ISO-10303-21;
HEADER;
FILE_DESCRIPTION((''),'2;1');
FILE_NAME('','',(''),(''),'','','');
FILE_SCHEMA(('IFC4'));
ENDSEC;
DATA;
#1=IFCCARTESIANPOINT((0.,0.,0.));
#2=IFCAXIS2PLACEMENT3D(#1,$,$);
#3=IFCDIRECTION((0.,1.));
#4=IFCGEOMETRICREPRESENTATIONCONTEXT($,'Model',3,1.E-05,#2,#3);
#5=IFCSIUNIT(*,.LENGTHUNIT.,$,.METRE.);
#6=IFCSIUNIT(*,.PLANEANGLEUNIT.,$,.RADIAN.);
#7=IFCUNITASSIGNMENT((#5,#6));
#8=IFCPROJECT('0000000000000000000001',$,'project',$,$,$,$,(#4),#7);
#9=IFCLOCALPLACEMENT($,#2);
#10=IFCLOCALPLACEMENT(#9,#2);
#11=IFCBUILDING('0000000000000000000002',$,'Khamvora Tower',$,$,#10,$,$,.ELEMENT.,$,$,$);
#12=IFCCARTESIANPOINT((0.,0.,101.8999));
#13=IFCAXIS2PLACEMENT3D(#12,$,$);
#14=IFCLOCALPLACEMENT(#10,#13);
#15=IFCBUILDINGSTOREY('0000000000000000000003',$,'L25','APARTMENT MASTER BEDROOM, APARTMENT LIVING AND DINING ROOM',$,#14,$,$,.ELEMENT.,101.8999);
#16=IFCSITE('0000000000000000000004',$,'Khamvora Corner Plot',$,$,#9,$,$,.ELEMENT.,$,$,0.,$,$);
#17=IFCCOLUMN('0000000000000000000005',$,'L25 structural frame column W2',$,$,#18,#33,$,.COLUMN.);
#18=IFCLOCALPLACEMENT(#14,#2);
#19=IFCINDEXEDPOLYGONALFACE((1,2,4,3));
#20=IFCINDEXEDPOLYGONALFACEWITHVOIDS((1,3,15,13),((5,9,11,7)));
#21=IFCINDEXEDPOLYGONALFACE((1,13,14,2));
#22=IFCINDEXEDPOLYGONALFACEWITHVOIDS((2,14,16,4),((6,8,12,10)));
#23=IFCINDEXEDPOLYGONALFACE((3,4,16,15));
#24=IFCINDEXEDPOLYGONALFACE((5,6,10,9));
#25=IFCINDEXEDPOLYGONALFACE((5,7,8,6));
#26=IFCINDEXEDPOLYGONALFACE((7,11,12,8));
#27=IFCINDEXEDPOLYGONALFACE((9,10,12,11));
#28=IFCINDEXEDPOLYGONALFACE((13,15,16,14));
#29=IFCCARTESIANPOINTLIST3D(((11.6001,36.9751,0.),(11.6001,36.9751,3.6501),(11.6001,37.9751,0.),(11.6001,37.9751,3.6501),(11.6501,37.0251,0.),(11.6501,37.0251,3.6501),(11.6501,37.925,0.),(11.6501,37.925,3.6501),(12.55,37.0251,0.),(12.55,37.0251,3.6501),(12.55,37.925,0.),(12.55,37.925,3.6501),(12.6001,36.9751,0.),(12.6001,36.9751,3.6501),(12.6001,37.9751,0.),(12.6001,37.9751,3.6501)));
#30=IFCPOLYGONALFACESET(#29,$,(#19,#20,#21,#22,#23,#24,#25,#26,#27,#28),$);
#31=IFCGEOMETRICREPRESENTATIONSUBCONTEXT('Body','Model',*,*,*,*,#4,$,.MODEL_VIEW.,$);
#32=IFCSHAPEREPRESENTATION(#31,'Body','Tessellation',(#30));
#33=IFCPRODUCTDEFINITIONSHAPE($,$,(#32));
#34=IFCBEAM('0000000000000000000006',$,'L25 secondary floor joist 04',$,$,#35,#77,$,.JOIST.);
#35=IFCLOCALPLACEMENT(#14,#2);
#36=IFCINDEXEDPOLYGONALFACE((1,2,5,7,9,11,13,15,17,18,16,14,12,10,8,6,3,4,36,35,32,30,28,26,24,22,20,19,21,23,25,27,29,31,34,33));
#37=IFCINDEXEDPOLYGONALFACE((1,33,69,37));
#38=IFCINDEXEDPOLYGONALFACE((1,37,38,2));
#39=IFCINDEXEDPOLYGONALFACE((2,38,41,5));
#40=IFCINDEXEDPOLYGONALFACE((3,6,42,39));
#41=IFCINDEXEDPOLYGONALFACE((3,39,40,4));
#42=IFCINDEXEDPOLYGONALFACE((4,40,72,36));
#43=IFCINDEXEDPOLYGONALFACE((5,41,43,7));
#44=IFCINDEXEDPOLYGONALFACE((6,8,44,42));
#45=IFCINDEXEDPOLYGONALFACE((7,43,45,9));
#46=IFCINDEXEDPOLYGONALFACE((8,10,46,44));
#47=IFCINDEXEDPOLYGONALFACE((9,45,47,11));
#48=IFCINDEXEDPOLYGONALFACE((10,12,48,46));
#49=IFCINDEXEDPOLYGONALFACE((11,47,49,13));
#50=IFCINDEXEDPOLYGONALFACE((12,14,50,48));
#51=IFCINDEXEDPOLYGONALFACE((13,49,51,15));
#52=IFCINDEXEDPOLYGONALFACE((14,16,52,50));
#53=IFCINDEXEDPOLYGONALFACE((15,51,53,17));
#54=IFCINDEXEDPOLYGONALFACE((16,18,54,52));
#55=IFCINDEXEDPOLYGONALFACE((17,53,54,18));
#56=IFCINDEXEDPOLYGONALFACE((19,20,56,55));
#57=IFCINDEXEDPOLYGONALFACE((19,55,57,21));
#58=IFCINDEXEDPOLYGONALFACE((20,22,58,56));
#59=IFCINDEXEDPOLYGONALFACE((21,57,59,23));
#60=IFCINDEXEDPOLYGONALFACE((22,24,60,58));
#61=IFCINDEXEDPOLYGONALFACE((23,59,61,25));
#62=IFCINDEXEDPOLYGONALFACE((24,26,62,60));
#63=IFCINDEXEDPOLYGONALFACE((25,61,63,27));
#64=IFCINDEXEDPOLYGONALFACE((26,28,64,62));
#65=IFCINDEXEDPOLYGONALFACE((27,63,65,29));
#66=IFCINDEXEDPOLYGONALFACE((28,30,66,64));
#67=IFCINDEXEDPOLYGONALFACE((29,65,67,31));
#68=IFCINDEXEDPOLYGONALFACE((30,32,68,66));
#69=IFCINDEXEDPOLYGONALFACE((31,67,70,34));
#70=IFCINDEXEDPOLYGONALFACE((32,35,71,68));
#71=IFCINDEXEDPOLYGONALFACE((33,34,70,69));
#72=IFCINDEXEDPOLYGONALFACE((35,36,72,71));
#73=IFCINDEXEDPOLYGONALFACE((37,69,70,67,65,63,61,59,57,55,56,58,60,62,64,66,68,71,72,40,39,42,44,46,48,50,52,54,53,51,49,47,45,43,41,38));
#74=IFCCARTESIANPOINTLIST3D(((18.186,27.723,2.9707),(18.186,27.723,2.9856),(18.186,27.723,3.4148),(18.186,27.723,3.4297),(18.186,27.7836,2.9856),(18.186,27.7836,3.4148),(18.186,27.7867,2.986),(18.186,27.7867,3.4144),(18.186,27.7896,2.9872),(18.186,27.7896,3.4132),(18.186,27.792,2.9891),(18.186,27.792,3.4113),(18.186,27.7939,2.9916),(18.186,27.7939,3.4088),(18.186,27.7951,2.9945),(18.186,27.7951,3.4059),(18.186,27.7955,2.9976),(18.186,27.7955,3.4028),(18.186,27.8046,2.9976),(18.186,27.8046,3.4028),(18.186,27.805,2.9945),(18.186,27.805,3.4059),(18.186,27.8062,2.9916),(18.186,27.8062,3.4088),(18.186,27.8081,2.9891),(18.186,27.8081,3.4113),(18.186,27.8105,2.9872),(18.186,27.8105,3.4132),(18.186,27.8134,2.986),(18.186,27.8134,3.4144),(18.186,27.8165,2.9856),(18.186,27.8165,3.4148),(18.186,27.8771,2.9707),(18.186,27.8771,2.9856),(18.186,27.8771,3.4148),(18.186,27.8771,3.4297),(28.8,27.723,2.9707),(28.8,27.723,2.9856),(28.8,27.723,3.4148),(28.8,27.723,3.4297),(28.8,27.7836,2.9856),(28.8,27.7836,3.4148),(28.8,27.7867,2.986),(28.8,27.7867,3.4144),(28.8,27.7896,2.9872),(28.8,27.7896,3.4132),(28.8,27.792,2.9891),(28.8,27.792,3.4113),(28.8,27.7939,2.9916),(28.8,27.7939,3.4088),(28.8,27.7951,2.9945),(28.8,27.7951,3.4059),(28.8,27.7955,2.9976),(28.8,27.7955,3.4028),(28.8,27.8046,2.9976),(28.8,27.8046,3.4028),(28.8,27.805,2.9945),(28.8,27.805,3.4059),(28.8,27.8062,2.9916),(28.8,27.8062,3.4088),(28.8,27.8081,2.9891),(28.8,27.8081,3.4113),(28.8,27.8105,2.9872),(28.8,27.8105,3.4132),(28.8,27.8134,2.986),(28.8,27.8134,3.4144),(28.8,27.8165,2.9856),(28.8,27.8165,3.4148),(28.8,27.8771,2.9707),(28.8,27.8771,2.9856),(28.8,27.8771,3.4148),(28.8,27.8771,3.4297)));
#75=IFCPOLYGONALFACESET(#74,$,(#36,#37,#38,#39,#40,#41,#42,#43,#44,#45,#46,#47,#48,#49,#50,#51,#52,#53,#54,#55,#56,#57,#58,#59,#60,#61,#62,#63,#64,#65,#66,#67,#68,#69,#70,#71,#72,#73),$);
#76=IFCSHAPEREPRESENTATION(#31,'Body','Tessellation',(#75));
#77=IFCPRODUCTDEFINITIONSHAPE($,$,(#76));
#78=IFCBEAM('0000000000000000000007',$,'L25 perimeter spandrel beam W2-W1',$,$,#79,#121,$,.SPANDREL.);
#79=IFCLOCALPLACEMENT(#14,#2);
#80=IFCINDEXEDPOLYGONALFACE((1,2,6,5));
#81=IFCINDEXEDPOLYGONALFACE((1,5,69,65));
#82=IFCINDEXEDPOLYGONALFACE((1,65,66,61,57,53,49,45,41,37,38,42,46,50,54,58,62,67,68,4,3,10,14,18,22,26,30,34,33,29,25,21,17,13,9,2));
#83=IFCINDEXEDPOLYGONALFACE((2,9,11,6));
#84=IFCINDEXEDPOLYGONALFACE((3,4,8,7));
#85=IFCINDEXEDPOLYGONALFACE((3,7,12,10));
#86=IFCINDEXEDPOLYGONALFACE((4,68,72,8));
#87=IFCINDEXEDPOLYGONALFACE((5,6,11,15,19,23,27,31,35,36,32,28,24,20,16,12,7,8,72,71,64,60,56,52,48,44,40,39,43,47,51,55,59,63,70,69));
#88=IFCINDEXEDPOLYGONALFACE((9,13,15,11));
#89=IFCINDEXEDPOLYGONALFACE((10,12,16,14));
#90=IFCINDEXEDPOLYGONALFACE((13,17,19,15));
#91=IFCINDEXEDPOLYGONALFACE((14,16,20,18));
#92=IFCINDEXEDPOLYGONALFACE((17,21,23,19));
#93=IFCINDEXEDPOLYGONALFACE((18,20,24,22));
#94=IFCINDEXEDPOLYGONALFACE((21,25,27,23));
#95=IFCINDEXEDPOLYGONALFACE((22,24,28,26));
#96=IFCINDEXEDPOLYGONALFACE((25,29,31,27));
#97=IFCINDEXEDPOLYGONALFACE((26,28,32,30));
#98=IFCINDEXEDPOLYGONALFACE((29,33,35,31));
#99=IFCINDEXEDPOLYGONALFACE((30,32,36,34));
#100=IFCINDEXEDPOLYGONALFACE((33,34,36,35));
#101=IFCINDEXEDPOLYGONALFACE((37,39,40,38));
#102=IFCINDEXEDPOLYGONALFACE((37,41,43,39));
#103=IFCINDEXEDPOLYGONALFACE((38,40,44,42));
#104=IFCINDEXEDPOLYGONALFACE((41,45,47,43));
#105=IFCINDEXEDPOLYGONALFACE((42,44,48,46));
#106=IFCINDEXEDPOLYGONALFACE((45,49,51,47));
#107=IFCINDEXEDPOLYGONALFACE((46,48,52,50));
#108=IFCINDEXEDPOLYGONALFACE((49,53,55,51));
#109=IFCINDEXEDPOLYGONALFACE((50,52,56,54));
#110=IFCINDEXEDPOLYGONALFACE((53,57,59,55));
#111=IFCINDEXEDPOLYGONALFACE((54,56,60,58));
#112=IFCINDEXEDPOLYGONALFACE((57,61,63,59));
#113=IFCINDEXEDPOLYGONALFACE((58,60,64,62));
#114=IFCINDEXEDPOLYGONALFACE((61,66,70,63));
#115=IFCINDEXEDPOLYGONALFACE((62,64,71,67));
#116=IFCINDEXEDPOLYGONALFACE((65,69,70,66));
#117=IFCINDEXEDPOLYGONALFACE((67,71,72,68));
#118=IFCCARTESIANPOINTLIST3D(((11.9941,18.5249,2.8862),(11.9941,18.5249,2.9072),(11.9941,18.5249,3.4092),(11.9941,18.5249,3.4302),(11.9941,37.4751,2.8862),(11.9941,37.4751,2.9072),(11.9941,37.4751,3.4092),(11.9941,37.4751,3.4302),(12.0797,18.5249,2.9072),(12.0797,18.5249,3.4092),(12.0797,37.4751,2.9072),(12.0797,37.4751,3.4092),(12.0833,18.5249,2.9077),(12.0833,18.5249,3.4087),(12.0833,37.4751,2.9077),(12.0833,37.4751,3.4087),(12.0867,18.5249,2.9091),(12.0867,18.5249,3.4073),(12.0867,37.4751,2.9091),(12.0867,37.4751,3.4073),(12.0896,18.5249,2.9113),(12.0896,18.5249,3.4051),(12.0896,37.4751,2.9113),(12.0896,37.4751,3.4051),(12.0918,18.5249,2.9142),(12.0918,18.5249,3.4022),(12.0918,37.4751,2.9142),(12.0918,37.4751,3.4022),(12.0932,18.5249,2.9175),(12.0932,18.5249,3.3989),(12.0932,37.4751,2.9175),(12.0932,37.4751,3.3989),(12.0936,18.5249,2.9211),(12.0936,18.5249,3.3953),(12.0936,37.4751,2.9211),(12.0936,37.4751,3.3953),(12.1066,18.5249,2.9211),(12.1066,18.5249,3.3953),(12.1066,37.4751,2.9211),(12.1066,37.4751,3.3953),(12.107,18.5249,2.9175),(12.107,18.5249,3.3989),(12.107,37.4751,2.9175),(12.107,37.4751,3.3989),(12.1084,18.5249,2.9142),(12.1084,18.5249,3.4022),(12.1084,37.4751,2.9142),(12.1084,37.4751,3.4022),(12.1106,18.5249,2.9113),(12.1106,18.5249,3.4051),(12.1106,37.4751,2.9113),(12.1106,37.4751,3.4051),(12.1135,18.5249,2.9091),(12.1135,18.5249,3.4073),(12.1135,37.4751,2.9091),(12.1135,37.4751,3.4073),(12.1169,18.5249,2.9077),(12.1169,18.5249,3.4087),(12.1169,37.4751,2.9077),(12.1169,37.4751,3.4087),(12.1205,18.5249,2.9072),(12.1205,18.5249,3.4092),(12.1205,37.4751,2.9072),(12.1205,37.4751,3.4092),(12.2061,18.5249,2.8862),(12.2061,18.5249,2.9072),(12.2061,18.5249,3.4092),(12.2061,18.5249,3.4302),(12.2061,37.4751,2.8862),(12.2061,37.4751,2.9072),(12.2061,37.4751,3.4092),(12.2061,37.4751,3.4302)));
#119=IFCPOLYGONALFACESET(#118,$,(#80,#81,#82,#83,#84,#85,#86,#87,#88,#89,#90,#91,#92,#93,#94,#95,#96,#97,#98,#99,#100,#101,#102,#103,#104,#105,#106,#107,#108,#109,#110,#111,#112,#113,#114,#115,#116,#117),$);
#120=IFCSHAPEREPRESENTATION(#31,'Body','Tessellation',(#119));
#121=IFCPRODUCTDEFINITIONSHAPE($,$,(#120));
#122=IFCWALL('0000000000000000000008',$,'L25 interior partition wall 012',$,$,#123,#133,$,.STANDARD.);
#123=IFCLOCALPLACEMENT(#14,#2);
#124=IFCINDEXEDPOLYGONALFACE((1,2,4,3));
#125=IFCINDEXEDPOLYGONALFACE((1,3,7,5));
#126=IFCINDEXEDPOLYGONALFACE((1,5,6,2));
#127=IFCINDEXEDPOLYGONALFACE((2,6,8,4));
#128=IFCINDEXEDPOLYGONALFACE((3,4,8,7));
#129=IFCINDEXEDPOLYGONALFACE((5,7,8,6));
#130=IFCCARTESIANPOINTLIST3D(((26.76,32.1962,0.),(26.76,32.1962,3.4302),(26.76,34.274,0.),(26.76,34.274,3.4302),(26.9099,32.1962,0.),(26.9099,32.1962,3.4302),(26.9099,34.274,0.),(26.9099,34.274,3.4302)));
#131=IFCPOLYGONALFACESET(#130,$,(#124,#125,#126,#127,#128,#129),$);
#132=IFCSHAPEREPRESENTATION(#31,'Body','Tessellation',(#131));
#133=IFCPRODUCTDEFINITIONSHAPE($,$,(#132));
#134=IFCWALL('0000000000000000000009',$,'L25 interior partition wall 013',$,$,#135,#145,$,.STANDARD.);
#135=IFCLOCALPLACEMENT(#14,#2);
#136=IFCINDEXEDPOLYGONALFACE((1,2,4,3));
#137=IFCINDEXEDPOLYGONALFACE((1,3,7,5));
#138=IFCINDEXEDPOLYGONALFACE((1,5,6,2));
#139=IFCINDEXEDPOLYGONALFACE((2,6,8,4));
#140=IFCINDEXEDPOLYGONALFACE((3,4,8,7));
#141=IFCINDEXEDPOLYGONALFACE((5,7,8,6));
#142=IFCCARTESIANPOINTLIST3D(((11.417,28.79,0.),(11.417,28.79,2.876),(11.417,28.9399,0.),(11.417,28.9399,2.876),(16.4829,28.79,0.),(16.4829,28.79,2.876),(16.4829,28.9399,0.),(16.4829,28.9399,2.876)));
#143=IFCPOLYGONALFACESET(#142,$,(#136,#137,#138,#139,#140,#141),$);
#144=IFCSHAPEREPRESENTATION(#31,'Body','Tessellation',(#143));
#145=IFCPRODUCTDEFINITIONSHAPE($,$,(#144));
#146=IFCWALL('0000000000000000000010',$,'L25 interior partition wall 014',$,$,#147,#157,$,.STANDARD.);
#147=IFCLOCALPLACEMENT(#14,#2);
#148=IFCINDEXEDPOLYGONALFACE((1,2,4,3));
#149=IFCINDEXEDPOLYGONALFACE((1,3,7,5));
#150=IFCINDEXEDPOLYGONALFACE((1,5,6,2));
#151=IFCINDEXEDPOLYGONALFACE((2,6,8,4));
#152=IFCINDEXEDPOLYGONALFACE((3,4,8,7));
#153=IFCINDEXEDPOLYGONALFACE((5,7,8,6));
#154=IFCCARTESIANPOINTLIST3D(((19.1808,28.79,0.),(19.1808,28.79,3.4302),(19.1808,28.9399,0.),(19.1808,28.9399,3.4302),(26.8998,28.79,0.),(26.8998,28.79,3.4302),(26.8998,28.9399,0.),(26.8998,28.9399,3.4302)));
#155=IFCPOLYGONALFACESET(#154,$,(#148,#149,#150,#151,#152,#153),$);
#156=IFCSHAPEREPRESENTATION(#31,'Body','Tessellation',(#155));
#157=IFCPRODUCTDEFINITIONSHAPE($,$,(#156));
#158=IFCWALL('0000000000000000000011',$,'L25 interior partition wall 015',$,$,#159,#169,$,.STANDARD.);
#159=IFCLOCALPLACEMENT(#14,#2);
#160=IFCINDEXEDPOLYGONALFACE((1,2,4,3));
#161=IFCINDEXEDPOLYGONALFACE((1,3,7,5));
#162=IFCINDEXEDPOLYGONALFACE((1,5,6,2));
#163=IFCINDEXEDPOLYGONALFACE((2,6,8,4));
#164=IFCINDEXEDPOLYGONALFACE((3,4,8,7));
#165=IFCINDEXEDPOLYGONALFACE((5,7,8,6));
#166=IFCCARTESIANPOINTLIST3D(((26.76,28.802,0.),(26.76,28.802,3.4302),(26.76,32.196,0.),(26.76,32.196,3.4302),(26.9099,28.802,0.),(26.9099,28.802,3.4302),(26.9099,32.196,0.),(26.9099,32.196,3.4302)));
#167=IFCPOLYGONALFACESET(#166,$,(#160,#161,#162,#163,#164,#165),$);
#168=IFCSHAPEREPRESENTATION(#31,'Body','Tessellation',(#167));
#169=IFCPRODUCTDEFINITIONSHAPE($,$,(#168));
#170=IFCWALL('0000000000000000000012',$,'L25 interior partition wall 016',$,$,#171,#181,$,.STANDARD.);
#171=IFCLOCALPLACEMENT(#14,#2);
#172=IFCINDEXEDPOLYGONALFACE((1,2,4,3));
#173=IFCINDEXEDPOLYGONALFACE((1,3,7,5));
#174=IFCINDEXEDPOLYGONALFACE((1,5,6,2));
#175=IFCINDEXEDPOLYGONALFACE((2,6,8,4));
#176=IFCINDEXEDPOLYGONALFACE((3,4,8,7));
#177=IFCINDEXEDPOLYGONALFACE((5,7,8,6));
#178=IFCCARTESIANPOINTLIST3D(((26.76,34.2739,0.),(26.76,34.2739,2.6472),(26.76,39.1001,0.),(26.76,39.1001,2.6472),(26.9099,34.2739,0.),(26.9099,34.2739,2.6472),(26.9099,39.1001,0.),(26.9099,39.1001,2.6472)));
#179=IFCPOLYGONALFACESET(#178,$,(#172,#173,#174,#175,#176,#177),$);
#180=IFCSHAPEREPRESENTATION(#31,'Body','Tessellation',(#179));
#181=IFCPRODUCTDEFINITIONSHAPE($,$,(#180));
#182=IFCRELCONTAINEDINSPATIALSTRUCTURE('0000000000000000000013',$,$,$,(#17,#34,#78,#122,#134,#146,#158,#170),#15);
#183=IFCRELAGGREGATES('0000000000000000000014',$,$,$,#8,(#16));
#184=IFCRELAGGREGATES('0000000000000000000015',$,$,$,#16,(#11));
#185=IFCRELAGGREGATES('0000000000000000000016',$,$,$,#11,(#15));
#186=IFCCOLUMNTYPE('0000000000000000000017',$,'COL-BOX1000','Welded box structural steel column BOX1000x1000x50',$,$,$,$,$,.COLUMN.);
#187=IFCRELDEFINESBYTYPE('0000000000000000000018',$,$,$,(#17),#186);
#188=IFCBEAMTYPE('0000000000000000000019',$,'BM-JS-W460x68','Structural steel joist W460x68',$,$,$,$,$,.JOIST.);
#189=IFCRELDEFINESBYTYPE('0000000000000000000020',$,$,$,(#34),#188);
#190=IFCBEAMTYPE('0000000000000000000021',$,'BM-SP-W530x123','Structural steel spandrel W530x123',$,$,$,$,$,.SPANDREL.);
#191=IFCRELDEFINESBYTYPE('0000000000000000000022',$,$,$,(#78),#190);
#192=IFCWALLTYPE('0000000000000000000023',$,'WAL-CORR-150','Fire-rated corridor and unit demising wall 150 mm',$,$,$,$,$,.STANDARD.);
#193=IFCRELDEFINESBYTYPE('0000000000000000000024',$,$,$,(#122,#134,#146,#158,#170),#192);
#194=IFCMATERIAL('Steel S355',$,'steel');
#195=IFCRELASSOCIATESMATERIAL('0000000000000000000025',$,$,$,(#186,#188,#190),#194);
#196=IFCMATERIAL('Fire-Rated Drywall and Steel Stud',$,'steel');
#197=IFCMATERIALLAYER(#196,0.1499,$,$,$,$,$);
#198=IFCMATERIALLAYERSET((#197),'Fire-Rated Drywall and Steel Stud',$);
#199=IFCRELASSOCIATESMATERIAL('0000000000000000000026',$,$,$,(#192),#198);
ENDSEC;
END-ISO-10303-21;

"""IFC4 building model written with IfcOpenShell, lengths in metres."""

from ifc_helpers import new_model, si_unit, direction, frame, frame_2d, origin, origin_2d, place, context, subcontext, project, spatial, rectangle, hollow_rectangle, i_section, extrude, material, layer, layer_set, material_profile, profile_set, type_object, element, save


model = new_model("IFC4")

# Units and contexts
model_context = context("Model", 3, precision=1e-05, world=origin(), true_north=direction((0.0, 1.0)))
body_context = subcontext(model_context, "Body", "Model", "MODEL_VIEW")
ifc_project = project(units=[si_unit("LENGTHUNIT", "METRE"), si_unit("PLANEANGLEUNIT", "RADIAN")], contexts=[model_context])

# Site, building, storey
site_placement = place(None, origin())
site = spatial("IfcSite", under=ifc_project, at=site_placement, Name="Khamvora Corner Plot", CompositionType="ELEMENT", RefElevation=0.0)
building_placement = place(site_placement, origin())
building = spatial("IfcBuilding", under=site, at=building_placement, Name="Khamvora Tower", CompositionType="ELEMENT")
storey_placement = place(building_placement, frame((0.0, 0.0, 101.8999)))
storey = spatial("IfcBuildingStorey", under=building, at=storey_placement, Name="L25", Description="APARTMENT MASTER BEDROOM, APARTMENT LIVING AND DINING ROOM", CompositionType="ELEMENT", Elevation=101.8999)

# Column
ifc_material_1 = material(Name="Steel S355", Category="steel")
ifc_material_profile_1 = material_profile(ifc_material_1, hollow_rectangle(XDim=1.0, YDim=1.0, WallThickness=0.05, at=origin_2d()), Name="BOX1000x1000x50")
ifc_profile_set_1 = profile_set([ifc_material_profile_1], Name="Steel S355")
column_type = type_object("IfcColumnType", Name="COL-BOX1000", Description="Welded box structural steel column BOX1000x1000x50", PredefinedType="COLUMN", material=ifc_profile_set_1)
column_placement = place(storey_placement, frame((12.1001, 37.4751, 0.0), z_axis=(0.0, 0.0, 1.0), x_axis=(1.0, 0.0, 0.0)))
element("IfcColumn", 1, at=column_placement, inside=storey, type_object=column_type, Name="L25 structural frame column W2", PredefinedType="COLUMN", context=body_context, shape_type="SweptSolid", body=[
    extrude(hollow_rectangle(XDim=1.0, YDim=1.0, WallThickness=0.05, at=origin_2d()), origin(), (0.0, 0.0, 1.0), 3.6501),
])

# Beams
ifc_material_profile_2 = material_profile(ifc_material_1, i_section(OverallWidth=0.1541, OverallDepth=0.459, WebThickness=0.009, FlangeThickness=0.0149, FilletRadius=0.012, at=origin_2d()), Name="W460x68")
ifc_profile_set_2 = profile_set([ifc_material_profile_2], Name="Steel S355")
beam_type_1 = type_object("IfcBeamType", Name="BM-JS-W460x68", Description="Structural steel joist W460x68", PredefinedType="JOIST", material=ifc_profile_set_2)
beam_1_placement = place(storey_placement, frame((18.186, 27.8, 3.2002), z_axis=(1.0, 0.0, 0.0), x_axis=(0.0, 1.0, 0.0)))
element("IfcBeam", 2, at=beam_1_placement, inside=storey, type_object=beam_type_1, Name="L25 secondary floor joist 04", PredefinedType="JOIST", context=body_context, shape_type="SweptSolid", body=[
    extrude(i_section(OverallWidth=0.1541, OverallDepth=0.459, WebThickness=0.009, FlangeThickness=0.0149, FilletRadius=0.012, at=origin_2d()), origin(), (0.0, 0.0, 1.0), 10.614),
])
ifc_material_profile_3 = material_profile(ifc_material_1, i_section(OverallWidth=0.2119, OverallDepth=0.5439, WebThickness=0.0129, FlangeThickness=0.021, FilletRadius=0.0139, at=origin_2d()), Name="W530x123")
ifc_profile_set_3 = profile_set([ifc_material_profile_3], Name="Steel S355")
beam_type_2 = type_object("IfcBeamType", Name="BM-SP-W530x123", Description="Structural steel spandrel W530x123", PredefinedType="SPANDREL", material=ifc_profile_set_3)
beam_2_placement = place(storey_placement, frame((12.1001, 37.4751, 3.1582), z_axis=(0.0, -1.0, 0.0), x_axis=(1.0, 0.0, 0.0)))
element("IfcBeam", 3, at=beam_2_placement, inside=storey, type_object=beam_type_2, Name="L25 perimeter spandrel beam W2-W1", PredefinedType="SPANDREL", context=body_context, shape_type="SweptSolid", body=[
    extrude(i_section(OverallWidth=0.2119, OverallDepth=0.5439, WebThickness=0.0129, FlangeThickness=0.021, FilletRadius=0.0139, at=origin_2d()), origin(), (0.0, 0.0, 1.0), 18.9502),
])

# Shared definitions
ifc_material_2 = material(Name="Fire-Rated Drywall and Steel Stud", Category="steel")
ifc_layer_1 = layer(ifc_material_2, 0.1499)
ifc_layer_set_1 = layer_set([ifc_layer_1], Name="Fire-Rated Drywall and Steel Stud")
wall_type_1 = type_object("IfcWallType", Name="WAL-CORR-150", Description="Fire-rated corridor and unit demising wall 150 mm", PredefinedType="STANDARD", material=ifc_layer_set_1)

# Walls
wall_1_placement = place(storey_placement, frame((26.835, 32.196, 0.0), z_axis=(0.0, 0.0, 1.0), x_axis=(0.0, 1.0, 0.0)))
element("IfcWall", 4, at=wall_1_placement, inside=storey, type_object=wall_type_1, Name="L25 interior partition wall 012", PredefinedType="STANDARD", context=body_context, shape_type="SweptSolid", body=[
    extrude(rectangle(XDim=2.0779, YDim=0.1499, at=frame_2d((1.0391, 0.0))), origin(), (0.0, 0.0, 1.0), 3.4302),
])
wall_2_placement = place(storey_placement, frame((11.417, 28.865, 0.0), z_axis=(0.0, 0.0, 1.0), x_axis=(1.0, 0.0, 0.0)))
element("IfcWall", 5, at=wall_2_placement, inside=storey, type_object=wall_type_1, Name="L25 interior partition wall 013", PredefinedType="STANDARD", context=body_context, shape_type="SweptSolid", body=[
    extrude(rectangle(XDim=5.0659, YDim=0.1499, at=frame_2d((2.533, 0.0))), origin(), (0.0, 0.0, 1.0), 2.876),
])
wall_3_placement = place(storey_placement, frame((19.1809, 28.865, 0.0), z_axis=(0.0, 0.0, 1.0), x_axis=(1.0, 0.0, 0.0)))
element("IfcWall", 6, at=wall_3_placement, inside=storey, type_object=wall_type_1, Name="L25 interior partition wall 014", PredefinedType="STANDARD", context=body_context, shape_type="SweptSolid", body=[
    extrude(rectangle(XDim=7.719, YDim=0.1499, at=frame_2d((3.8594, 0.0))), origin(), (0.0, 0.0, 1.0), 3.4302),
])
wall_4_placement = place(storey_placement, frame((26.835, 28.802, 0.0), z_axis=(0.0, 0.0, 1.0), x_axis=(0.0, 1.0, 0.0)))
element("IfcWall", 7, at=wall_4_placement, inside=storey, type_object=wall_type_1, Name="L25 interior partition wall 015", PredefinedType="STANDARD", context=body_context, shape_type="SweptSolid", body=[
    extrude(rectangle(XDim=3.394, YDim=0.1499, at=frame_2d((1.697, 0.0))), origin(), (0.0, 0.0, 1.0), 3.4302),
])
wall_5_placement = place(storey_placement, frame((26.835, 34.2739, 0.0), z_axis=(0.0, 0.0, 1.0), x_axis=(0.0, 1.0, 0.0)))
element("IfcWall", 8, at=wall_5_placement, inside=storey, type_object=wall_type_1, Name="L25 interior partition wall 016", PredefinedType="STANDARD", context=body_context, shape_type="SweptSolid", body=[
    extrude(rectangle(XDim=4.8262, YDim=0.1499, at=frame_2d((2.4131, 0.0))), origin(), (0.0, 0.0, 1.0), 2.6472),
])

save(model, "model.ifc")
